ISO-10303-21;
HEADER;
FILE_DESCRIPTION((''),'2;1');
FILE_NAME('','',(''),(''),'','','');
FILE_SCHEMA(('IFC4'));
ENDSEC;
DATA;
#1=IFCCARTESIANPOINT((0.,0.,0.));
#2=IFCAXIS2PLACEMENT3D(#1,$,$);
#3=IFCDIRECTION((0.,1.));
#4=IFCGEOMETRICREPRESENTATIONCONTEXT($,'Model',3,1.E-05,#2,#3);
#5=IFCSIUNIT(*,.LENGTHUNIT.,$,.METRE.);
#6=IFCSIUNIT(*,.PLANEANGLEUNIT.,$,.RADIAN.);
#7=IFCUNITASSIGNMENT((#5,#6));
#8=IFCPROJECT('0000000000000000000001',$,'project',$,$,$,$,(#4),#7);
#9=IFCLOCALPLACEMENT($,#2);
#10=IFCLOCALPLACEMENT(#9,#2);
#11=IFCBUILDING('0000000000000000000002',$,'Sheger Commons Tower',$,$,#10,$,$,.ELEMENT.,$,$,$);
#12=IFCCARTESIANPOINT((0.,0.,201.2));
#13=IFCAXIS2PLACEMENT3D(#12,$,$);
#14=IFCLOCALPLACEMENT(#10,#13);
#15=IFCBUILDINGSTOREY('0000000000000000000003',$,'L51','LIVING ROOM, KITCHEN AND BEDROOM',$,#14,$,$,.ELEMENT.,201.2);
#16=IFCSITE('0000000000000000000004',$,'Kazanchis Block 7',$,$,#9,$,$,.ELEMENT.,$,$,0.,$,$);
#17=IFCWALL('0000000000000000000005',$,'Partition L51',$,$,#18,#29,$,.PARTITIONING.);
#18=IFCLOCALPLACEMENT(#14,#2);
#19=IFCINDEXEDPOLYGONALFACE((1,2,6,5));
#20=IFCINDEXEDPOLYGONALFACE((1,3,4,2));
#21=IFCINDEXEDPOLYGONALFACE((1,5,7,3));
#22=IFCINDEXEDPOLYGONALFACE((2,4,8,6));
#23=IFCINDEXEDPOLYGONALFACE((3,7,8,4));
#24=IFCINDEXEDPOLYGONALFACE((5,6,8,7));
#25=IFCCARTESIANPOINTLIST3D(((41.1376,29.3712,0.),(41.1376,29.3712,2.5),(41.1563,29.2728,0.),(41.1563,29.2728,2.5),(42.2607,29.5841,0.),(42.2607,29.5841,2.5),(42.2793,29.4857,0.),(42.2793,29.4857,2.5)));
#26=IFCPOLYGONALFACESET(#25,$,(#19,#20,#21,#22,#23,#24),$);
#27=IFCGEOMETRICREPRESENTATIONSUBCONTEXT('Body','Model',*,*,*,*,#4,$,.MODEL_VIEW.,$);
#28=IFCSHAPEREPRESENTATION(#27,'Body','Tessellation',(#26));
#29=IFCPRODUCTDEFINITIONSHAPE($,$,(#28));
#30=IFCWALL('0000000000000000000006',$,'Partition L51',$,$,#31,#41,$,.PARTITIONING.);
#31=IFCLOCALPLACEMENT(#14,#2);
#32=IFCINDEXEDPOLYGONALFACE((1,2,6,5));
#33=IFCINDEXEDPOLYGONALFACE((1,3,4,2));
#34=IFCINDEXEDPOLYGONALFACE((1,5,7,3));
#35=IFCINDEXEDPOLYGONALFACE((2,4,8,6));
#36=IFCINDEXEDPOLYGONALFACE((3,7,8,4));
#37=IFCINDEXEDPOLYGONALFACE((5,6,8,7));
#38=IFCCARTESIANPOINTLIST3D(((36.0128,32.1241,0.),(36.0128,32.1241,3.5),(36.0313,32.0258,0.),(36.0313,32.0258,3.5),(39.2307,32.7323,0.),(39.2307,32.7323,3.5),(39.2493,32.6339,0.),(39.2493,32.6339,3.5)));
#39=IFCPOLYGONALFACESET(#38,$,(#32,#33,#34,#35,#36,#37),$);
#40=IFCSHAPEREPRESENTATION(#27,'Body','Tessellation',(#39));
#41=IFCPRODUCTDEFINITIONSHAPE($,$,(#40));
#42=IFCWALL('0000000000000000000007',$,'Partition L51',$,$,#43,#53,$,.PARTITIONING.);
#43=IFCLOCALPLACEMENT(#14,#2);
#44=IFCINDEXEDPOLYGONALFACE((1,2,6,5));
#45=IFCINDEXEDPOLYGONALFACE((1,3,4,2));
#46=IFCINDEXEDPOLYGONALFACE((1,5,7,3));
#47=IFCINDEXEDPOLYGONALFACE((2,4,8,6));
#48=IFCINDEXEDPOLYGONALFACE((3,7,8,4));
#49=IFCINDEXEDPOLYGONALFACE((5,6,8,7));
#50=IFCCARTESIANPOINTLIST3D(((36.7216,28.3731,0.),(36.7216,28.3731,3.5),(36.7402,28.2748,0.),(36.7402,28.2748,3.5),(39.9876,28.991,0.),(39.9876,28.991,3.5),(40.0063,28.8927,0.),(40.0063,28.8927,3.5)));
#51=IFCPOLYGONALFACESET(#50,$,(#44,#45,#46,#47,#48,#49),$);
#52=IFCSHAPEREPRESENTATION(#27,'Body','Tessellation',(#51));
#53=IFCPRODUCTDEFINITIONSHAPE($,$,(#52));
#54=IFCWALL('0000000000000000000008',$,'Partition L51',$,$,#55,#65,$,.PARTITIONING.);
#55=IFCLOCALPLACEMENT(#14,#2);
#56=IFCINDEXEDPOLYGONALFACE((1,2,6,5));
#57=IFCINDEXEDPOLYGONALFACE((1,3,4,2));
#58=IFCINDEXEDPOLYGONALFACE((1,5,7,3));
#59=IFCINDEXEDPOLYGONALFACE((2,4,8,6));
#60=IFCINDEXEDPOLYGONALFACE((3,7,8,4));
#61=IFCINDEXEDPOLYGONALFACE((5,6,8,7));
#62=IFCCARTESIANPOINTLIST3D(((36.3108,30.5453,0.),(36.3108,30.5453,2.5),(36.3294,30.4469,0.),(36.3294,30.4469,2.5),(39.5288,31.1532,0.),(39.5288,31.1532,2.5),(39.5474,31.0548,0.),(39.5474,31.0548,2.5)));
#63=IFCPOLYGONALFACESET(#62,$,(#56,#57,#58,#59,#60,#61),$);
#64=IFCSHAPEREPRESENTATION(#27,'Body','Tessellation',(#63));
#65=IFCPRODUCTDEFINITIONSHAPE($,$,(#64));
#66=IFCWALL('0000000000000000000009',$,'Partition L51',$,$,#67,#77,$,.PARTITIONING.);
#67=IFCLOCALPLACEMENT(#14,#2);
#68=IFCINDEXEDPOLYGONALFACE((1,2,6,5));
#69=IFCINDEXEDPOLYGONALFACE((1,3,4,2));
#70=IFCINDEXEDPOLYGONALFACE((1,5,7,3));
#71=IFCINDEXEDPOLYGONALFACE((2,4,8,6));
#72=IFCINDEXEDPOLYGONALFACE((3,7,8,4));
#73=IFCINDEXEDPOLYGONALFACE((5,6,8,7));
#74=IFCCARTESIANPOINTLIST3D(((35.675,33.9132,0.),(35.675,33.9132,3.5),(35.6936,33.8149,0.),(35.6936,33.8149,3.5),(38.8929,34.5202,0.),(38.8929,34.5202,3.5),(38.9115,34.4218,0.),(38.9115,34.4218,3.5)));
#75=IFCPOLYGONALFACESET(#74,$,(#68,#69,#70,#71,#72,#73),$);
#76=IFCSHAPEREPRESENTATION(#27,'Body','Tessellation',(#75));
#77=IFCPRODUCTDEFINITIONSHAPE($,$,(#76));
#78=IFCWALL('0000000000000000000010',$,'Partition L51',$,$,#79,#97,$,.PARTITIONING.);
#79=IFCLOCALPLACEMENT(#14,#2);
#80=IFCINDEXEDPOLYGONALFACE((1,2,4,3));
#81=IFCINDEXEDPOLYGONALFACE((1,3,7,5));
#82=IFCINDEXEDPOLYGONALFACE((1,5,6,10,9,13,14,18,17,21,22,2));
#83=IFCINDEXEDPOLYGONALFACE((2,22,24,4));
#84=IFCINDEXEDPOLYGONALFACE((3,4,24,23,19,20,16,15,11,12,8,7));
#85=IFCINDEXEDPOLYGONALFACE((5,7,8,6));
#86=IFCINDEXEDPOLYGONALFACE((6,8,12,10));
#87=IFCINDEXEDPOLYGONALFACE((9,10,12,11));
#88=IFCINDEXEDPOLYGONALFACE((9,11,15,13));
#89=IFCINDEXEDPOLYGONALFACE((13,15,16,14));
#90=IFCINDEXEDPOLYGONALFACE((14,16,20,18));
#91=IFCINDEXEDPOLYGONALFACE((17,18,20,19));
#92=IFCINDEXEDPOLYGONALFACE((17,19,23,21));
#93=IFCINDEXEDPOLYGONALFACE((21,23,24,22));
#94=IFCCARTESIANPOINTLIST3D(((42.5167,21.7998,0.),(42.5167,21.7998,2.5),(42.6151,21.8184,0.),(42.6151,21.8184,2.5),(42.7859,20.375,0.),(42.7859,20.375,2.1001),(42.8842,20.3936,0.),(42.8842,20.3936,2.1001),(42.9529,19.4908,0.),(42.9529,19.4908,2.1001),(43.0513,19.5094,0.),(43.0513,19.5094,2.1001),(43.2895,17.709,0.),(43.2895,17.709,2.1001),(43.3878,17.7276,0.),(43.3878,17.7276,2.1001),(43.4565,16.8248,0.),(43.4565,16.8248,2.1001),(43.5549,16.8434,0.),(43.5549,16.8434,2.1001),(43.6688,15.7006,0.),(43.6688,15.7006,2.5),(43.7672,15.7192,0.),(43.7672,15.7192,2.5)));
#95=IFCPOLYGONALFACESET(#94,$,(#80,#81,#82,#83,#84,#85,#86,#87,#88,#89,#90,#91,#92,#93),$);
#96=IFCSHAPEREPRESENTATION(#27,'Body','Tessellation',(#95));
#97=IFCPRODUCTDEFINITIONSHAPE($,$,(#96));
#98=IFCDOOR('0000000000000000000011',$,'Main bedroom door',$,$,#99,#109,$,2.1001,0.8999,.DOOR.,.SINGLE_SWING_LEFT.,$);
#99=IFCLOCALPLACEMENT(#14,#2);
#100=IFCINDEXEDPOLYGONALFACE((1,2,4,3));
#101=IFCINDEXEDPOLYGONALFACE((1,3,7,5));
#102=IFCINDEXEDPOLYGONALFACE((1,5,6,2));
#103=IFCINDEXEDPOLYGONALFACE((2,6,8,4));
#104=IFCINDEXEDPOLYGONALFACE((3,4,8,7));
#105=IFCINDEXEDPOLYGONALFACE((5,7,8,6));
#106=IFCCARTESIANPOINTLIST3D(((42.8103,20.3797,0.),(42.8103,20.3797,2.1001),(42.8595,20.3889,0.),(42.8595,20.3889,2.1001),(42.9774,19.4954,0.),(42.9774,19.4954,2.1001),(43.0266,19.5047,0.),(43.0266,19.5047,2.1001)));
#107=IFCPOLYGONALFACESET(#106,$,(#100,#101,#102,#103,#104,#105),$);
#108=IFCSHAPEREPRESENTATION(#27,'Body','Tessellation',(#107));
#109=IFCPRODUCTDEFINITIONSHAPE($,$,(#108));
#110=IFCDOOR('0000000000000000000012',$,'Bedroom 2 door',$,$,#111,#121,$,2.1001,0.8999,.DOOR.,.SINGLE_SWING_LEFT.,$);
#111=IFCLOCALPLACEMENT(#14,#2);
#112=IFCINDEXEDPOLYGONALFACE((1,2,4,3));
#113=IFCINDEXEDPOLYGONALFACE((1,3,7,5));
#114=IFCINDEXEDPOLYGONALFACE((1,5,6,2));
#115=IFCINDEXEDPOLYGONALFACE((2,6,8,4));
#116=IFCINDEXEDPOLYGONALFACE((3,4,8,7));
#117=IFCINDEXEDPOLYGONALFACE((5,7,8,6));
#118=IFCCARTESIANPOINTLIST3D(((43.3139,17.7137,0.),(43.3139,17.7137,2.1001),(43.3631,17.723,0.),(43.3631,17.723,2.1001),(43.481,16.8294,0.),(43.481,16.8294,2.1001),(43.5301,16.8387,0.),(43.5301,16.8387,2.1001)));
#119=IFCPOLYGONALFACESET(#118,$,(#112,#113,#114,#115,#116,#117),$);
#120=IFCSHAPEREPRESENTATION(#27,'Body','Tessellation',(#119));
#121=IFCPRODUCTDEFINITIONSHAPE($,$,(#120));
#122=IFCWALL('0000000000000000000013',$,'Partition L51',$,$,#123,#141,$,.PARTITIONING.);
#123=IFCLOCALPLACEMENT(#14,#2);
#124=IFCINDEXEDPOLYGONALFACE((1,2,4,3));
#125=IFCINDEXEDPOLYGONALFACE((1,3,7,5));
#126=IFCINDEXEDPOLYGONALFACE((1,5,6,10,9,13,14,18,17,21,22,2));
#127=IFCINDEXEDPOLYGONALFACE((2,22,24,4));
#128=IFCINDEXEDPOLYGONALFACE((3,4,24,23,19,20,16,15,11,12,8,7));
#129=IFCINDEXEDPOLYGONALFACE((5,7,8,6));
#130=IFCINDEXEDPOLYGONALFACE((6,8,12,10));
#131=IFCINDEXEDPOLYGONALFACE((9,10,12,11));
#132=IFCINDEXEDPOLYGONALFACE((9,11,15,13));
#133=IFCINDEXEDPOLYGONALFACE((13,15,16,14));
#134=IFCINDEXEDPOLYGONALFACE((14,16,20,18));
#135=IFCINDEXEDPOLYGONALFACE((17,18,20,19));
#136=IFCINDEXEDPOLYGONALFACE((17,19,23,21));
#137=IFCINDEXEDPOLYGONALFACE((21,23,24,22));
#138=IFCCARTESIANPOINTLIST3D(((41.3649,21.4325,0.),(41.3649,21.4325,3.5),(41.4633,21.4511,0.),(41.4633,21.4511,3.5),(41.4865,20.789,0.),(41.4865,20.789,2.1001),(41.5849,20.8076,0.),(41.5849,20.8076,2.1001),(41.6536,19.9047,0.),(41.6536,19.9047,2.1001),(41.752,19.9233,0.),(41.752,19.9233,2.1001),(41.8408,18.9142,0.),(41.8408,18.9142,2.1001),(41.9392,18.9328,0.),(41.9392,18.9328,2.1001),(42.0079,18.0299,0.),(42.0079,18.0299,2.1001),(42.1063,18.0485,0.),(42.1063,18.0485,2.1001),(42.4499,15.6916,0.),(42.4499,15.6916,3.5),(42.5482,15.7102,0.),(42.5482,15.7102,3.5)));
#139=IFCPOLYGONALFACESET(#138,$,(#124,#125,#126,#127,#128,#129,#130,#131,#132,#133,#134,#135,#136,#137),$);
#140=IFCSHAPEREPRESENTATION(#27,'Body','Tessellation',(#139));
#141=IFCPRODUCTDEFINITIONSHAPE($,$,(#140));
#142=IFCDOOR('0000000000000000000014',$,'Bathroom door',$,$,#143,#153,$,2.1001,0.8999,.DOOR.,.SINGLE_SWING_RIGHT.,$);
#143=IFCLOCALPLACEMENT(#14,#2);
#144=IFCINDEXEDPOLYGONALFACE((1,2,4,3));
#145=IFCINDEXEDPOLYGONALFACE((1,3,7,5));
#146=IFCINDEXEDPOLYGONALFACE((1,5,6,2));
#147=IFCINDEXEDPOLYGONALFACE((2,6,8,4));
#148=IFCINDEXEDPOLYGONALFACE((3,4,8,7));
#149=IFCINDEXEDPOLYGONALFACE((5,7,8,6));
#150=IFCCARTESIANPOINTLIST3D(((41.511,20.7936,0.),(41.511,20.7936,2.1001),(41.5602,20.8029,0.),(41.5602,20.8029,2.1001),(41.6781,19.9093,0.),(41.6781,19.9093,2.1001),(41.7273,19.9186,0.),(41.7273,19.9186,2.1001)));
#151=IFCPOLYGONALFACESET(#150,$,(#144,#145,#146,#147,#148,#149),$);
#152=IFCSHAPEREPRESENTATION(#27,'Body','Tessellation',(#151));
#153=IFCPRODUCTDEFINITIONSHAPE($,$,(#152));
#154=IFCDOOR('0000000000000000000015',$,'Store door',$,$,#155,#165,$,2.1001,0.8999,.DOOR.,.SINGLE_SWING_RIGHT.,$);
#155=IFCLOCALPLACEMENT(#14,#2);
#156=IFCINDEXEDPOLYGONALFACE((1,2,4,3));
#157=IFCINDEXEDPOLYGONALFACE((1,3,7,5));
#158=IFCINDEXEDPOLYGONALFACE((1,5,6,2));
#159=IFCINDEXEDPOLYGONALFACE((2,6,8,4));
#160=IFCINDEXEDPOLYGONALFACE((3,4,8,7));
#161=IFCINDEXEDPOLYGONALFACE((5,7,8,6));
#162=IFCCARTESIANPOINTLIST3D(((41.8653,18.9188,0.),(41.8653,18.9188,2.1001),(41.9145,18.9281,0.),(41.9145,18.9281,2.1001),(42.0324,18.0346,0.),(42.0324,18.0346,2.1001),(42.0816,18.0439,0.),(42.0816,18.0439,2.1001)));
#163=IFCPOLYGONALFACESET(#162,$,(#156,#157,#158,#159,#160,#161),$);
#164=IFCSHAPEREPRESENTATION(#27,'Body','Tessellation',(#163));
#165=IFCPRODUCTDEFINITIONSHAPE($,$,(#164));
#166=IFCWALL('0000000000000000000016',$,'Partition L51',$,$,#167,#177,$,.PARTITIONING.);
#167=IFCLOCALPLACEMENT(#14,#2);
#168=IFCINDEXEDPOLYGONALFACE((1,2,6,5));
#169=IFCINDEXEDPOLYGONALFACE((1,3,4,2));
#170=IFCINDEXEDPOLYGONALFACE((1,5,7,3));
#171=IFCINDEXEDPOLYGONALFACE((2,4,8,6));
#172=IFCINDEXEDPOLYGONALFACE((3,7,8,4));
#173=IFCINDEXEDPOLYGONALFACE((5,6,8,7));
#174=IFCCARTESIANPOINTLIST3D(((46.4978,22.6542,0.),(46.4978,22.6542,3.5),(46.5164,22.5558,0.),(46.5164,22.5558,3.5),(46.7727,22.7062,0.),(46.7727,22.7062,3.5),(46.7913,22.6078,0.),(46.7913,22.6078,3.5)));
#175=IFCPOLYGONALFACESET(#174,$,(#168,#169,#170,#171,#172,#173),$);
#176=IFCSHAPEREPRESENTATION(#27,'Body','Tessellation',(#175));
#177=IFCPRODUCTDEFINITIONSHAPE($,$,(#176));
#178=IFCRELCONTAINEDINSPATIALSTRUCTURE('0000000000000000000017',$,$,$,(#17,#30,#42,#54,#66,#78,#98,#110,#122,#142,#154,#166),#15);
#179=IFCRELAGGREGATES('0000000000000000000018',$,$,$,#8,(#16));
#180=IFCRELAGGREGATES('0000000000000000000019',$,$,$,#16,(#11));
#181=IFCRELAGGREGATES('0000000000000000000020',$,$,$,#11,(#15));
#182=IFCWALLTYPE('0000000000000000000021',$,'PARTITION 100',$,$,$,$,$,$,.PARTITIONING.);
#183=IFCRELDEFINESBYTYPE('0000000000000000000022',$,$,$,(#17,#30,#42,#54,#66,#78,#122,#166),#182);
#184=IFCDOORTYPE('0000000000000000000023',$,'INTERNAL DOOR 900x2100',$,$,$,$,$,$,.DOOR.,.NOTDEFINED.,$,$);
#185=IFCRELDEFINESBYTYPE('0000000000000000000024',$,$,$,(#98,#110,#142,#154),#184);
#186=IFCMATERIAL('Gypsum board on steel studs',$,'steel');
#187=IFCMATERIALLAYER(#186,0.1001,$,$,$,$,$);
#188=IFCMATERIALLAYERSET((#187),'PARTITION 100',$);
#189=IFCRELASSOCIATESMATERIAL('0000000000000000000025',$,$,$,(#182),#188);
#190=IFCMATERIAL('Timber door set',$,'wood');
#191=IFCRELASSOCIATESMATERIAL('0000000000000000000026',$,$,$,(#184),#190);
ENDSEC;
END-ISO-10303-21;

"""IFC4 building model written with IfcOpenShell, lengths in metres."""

from ifc_helpers import new_model, si_unit, direction, frame, frame_2d, origin, place, context, subcontext, project, spatial, rectangle, extrude, material, layer, layer_set, type_object, element, fill, save


model = new_model("IFC4")

# Units and contexts
model_context = context("Model", 3, precision=1e-05, world=origin(), true_north=direction((0.0, 1.0)))
body_context = subcontext(model_context, "Body", "Model", "MODEL_VIEW")
ifc_project = project(units=[si_unit("LENGTHUNIT", "METRE"), si_unit("PLANEANGLEUNIT", "RADIAN")], contexts=[model_context])

# Site, building, storey
site_placement = place(None, origin())
site = spatial("IfcSite", under=ifc_project, at=site_placement, Name="Kazanchis Block 7", CompositionType="ELEMENT", RefElevation=0.0)
building_placement = place(site_placement, origin())
building = spatial("IfcBuilding", under=site, at=building_placement, Name="Sheger Commons Tower", CompositionType="ELEMENT")
storey_placement = place(building_placement, frame((0.0, 0.0, 201.2)))
storey = spatial("IfcBuildingStorey", under=building, at=storey_placement, Name="L51", Description="LIVING ROOM, KITCHEN AND BEDROOM", CompositionType="ELEMENT", Elevation=201.2)

# Walls
ifc_material_1 = material(Name="Gypsum board on steel studs", Category="steel")
ifc_layer_1 = layer(ifc_material_1, 0.1001)
ifc_layer_set_1 = layer_set([ifc_layer_1], Name="PARTITION 100")
wall_type_1 = type_object("IfcWallType", Name="PARTITION 100", PredefinedType="PARTITIONING", material=ifc_layer_set_1)
wall_1_placement = place(storey_placement, frame((42.27, 29.5349, 0.0), z_axis=(0.0, 0.0, 1.0), x_axis=(-0.982503, -0.186248, 0.0)))
element("IfcWall", 1, at=wall_1_placement, inside=storey, type_object=wall_type_1, Name="Partition L51", PredefinedType="PARTITIONING", context=body_context, shape_type="SweptSolid", body=[
    extrude(rectangle(XDim=1.1431, YDim=0.1001, at=frame_2d((0.5715, 0.0))), origin(), (0.0, 0.0, 1.0), 2.5),
])
wall_2_placement = place(storey_placement, frame((39.24, 32.6831, 0.0), z_axis=(0.0, 0.0, 1.0), x_axis=(-0.982607, -0.185697, 0.0)))
element("IfcWall", 2, at=wall_2_placement, inside=storey, type_object=wall_type_1, Name="Partition L51", PredefinedType="PARTITIONING", context=body_context, shape_type="SweptSolid", body=[
    extrude(rectangle(XDim=3.2749, YDim=0.1001, at=frame_2d((1.6375, 0.0))), origin(), (0.0, 0.0, 1.0), 3.5),
])
wall_3_placement = place(storey_placement, frame((39.9971, 28.9419, 0.0), z_axis=(0.0, 0.0, 1.0), x_axis=(-0.98257, -0.185894, 0.0)))
element("IfcWall", 3, at=wall_3_placement, inside=storey, type_object=wall_type_1, Name="Partition L51", PredefinedType="PARTITIONING", context=body_context, shape_type="SweptSolid", body=[
    extrude(rectangle(XDim=3.324, YDim=0.1001, at=frame_2d((1.6621, 0.0))), origin(), (0.0, 0.0, 1.0), 3.5),
])
wall_4_placement = place(storey_placement, frame((39.5381, 31.104, 0.0), z_axis=(0.0, 0.0, 1.0), x_axis=(-0.982621, -0.185625, 0.0)))
element("IfcWall", 4, at=wall_4_placement, inside=storey, type_object=wall_type_1, Name="Partition L51", PredefinedType="PARTITIONING", context=body_context, shape_type="SweptSolid", body=[
    extrude(rectangle(XDim=3.2749, YDim=0.1001, at=frame_2d((1.6375, 0.0))), origin(), (0.0, 0.0, 1.0), 2.5),
])
wall_5_placement = place(storey_placement, frame((38.9021, 34.4709, 0.0), z_axis=(0.0, 0.0, 1.0), x_axis=(-0.982675, -0.185337, 0.0)))
element("IfcWall", 5, at=wall_5_placement, inside=storey, type_object=wall_type_1, Name="Partition L51", PredefinedType="PARTITIONING", context=body_context, shape_type="SweptSolid", body=[
    extrude(rectangle(XDim=3.2747, YDim=0.1001, at=frame_2d((1.6372, 0.0))), origin(), (0.0, 0.0, 1.0), 3.5),
])

# Walls, openings, doors
wall_6_placement = place(storey_placement, frame((42.5659, 21.8091, 0.0), z_axis=(0.0, 0.0, 1.0), x_axis=(0.185614, -0.982623, 0.0)))
wall_6 = element("IfcWall", 6, at=wall_6_placement, inside=storey, type_object=wall_type_1, Name="Partition L51", PredefinedType="PARTITIONING", context=body_context, shape_type="SweptSolid", body=[
    extrude(rectangle(XDim=6.207, YDim=0.1001, at=frame_2d((3.1035, 0.0))), origin(), (0.0, 0.0, 1.0), 2.5),
])
opening_1_placement = place(wall_6_placement, frame((1.45, 0.0, 0.0)))
opening_1 = element("IfcOpeningElement", 7, at=opening_1_placement, cuts=wall_6, PredefinedType="OPENING", context=body_context, shape_type="SweptSolid", body=[
    extrude(rectangle(XDim=0.8999, YDim=2.1001, at=frame_2d((0.45, 1.05))), frame((0.0, 0.0601, 0.0), z_axis=(0.0, -1.0, 0.0), x_axis=(1.0, 0.0, 0.0)), (0.0, 0.0, 1.0), 0.1201),
])
opening_2_placement = place(wall_6_placement, frame((4.1631, 0.0, 0.0)))
opening_2 = element("IfcOpeningElement", 8, at=opening_2_placement, cuts=wall_6, PredefinedType="OPENING", context=body_context, shape_type="SweptSolid", body=[
    extrude(rectangle(XDim=0.8999, YDim=2.1001, at=frame_2d((0.45, 1.05))), frame((0.0, 0.0601, 0.0), z_axis=(0.0, -1.0, 0.0), x_axis=(1.0, 0.0, 0.0)), (0.0, 0.0, 1.0), 0.1201),
])
ifc_material_2 = material(Name="Timber door set", Category="wood")
door_type = type_object("IfcDoorType", Name="INTERNAL DOOR 900x2100", OperationType="NOTDEFINED", PredefinedType="DOOR", material=ifc_material_2)
door_1_placement = place(opening_1_placement, origin())
door_1 = element("IfcDoor", 9, at=door_1_placement, inside=storey, type_object=door_type, Name="Main bedroom door", OperationType="SINGLE_SWING_LEFT", OverallHeight=2.1001, OverallWidth=0.8999, PredefinedType="DOOR", context=body_context, shape_type="SweptSolid", body=[
    extrude(rectangle(XDim=0.8999, YDim=2.1001, at=frame_2d((0.45, 1.05))), frame((0.0, 0.0249, 0.0), z_axis=(0.0, -1.0, 0.0), x_axis=(1.0, 0.0, 0.0)), (0.0, 0.0, 1.0), 0.05),
])
fill(opening_1, door_1)
door_2_placement = place(opening_2_placement, origin())
door_2 = element("IfcDoor", 10, at=door_2_placement, inside=storey, type_object=door_type, Name="Bedroom 2 door", OperationType="SINGLE_SWING_LEFT", OverallHeight=2.1001, OverallWidth=0.8999, PredefinedType="DOOR", context=body_context, shape_type="SweptSolid", body=[
    extrude(rectangle(XDim=0.8999, YDim=2.1001, at=frame_2d((0.45, 1.05))), frame((0.0, 0.0249, 0.0), z_axis=(0.0, -1.0, 0.0), x_axis=(1.0, 0.0, 0.0)), (0.0, 0.0, 1.0), 0.05),
])
fill(opening_2, door_2)
wall_7_placement = place(storey_placement, frame((41.4141, 21.4419, 0.0), z_axis=(0.0, 0.0, 1.0), x_axis=(0.185699, -0.982607, 0.0)))
wall_7 = element("IfcWall", 11, at=wall_7_placement, inside=storey, type_object=wall_type_1, Name="Partition L51", PredefinedType="PARTITIONING", context=body_context, shape_type="SweptSolid", body=[
    extrude(rectangle(XDim=5.8425, YDim=0.1001, at=frame_2d((2.9214, 0.0))), origin(), (0.0, 0.0, 1.0), 3.5),
])
opening_3_placement = place(wall_7_placement, frame((0.655, 0.0, 0.0)))
opening_3 = element("IfcOpeningElement", 12, at=opening_3_placement, cuts=wall_7, PredefinedType="OPENING", context=body_context, shape_type="SweptSolid", body=[
    extrude(rectangle(XDim=0.8999, YDim=2.1001, at=frame_2d((0.45, 1.05))), frame((0.0, 0.0601, 0.0), z_axis=(0.0, -1.0, 0.0), x_axis=(1.0, 0.0, 0.0)), (0.0, 0.0, 1.0), 0.1201),
])
opening_4_placement = place(wall_7_placement, frame((2.563, 0.0, 0.0)))
opening_4 = element("IfcOpeningElement", 13, at=opening_4_placement, cuts=wall_7, PredefinedType="OPENING", context=body_context, shape_type="SweptSolid", body=[
    extrude(rectangle(XDim=0.8999, YDim=2.1001, at=frame_2d((0.45, 1.05))), frame((0.0, 0.0601, 0.0), z_axis=(0.0, -1.0, 0.0), x_axis=(1.0, 0.0, 0.0)), (0.0, 0.0, 1.0), 0.1201),
])
door_3_placement = place(opening_3_placement, origin())
door_3 = element("IfcDoor", 14, at=door_3_placement, inside=storey, type_object=door_type, Name="Bathroom door", OperationType="SINGLE_SWING_RIGHT", OverallHeight=2.1001, OverallWidth=0.8999, PredefinedType="DOOR", context=body_context, shape_type="SweptSolid", body=[
    extrude(rectangle(XDim=0.8999, YDim=2.1001, at=frame_2d((0.45, 1.05))), frame((0.0, 0.0249, 0.0), z_axis=(0.0, -1.0, 0.0), x_axis=(1.0, 0.0, 0.0)), (0.0, 0.0, 1.0), 0.05),
])
fill(opening_3, door_3)
door_4_placement = place(opening_4_placement, origin())
door_4 = element("IfcDoor", 15, at=door_4_placement, inside=storey, type_object=door_type, Name="Store door", OperationType="SINGLE_SWING_RIGHT", OverallHeight=2.1001, OverallWidth=0.8999, PredefinedType="DOOR", context=body_context, shape_type="SweptSolid", body=[
    extrude(rectangle(XDim=0.8999, YDim=2.1001, at=frame_2d((0.45, 1.05))), frame((0.0, 0.0249, 0.0), z_axis=(0.0, -1.0, 0.0), x_axis=(1.0, 0.0, 0.0)), (0.0, 0.0, 1.0), 0.05),
])
fill(opening_4, door_4)

# Wall
wall_8_placement = place(storey_placement, frame((46.782, 22.657, 0.0), z_axis=(0.0, 0.0, 1.0), x_axis=(-0.982575, -0.185869, 0.0)))
element("IfcWall", 16, at=wall_8_placement, inside=storey, type_object=wall_type_1, Name="Partition L51", PredefinedType="PARTITIONING", context=body_context, shape_type="SweptSolid", body=[
    extrude(rectangle(XDim=0.2798, YDim=0.1001, at=frame_2d((0.1399, 0.0))), origin(), (0.0, 0.0, 1.0), 3.5),
])

save(model, "model.ifc")
